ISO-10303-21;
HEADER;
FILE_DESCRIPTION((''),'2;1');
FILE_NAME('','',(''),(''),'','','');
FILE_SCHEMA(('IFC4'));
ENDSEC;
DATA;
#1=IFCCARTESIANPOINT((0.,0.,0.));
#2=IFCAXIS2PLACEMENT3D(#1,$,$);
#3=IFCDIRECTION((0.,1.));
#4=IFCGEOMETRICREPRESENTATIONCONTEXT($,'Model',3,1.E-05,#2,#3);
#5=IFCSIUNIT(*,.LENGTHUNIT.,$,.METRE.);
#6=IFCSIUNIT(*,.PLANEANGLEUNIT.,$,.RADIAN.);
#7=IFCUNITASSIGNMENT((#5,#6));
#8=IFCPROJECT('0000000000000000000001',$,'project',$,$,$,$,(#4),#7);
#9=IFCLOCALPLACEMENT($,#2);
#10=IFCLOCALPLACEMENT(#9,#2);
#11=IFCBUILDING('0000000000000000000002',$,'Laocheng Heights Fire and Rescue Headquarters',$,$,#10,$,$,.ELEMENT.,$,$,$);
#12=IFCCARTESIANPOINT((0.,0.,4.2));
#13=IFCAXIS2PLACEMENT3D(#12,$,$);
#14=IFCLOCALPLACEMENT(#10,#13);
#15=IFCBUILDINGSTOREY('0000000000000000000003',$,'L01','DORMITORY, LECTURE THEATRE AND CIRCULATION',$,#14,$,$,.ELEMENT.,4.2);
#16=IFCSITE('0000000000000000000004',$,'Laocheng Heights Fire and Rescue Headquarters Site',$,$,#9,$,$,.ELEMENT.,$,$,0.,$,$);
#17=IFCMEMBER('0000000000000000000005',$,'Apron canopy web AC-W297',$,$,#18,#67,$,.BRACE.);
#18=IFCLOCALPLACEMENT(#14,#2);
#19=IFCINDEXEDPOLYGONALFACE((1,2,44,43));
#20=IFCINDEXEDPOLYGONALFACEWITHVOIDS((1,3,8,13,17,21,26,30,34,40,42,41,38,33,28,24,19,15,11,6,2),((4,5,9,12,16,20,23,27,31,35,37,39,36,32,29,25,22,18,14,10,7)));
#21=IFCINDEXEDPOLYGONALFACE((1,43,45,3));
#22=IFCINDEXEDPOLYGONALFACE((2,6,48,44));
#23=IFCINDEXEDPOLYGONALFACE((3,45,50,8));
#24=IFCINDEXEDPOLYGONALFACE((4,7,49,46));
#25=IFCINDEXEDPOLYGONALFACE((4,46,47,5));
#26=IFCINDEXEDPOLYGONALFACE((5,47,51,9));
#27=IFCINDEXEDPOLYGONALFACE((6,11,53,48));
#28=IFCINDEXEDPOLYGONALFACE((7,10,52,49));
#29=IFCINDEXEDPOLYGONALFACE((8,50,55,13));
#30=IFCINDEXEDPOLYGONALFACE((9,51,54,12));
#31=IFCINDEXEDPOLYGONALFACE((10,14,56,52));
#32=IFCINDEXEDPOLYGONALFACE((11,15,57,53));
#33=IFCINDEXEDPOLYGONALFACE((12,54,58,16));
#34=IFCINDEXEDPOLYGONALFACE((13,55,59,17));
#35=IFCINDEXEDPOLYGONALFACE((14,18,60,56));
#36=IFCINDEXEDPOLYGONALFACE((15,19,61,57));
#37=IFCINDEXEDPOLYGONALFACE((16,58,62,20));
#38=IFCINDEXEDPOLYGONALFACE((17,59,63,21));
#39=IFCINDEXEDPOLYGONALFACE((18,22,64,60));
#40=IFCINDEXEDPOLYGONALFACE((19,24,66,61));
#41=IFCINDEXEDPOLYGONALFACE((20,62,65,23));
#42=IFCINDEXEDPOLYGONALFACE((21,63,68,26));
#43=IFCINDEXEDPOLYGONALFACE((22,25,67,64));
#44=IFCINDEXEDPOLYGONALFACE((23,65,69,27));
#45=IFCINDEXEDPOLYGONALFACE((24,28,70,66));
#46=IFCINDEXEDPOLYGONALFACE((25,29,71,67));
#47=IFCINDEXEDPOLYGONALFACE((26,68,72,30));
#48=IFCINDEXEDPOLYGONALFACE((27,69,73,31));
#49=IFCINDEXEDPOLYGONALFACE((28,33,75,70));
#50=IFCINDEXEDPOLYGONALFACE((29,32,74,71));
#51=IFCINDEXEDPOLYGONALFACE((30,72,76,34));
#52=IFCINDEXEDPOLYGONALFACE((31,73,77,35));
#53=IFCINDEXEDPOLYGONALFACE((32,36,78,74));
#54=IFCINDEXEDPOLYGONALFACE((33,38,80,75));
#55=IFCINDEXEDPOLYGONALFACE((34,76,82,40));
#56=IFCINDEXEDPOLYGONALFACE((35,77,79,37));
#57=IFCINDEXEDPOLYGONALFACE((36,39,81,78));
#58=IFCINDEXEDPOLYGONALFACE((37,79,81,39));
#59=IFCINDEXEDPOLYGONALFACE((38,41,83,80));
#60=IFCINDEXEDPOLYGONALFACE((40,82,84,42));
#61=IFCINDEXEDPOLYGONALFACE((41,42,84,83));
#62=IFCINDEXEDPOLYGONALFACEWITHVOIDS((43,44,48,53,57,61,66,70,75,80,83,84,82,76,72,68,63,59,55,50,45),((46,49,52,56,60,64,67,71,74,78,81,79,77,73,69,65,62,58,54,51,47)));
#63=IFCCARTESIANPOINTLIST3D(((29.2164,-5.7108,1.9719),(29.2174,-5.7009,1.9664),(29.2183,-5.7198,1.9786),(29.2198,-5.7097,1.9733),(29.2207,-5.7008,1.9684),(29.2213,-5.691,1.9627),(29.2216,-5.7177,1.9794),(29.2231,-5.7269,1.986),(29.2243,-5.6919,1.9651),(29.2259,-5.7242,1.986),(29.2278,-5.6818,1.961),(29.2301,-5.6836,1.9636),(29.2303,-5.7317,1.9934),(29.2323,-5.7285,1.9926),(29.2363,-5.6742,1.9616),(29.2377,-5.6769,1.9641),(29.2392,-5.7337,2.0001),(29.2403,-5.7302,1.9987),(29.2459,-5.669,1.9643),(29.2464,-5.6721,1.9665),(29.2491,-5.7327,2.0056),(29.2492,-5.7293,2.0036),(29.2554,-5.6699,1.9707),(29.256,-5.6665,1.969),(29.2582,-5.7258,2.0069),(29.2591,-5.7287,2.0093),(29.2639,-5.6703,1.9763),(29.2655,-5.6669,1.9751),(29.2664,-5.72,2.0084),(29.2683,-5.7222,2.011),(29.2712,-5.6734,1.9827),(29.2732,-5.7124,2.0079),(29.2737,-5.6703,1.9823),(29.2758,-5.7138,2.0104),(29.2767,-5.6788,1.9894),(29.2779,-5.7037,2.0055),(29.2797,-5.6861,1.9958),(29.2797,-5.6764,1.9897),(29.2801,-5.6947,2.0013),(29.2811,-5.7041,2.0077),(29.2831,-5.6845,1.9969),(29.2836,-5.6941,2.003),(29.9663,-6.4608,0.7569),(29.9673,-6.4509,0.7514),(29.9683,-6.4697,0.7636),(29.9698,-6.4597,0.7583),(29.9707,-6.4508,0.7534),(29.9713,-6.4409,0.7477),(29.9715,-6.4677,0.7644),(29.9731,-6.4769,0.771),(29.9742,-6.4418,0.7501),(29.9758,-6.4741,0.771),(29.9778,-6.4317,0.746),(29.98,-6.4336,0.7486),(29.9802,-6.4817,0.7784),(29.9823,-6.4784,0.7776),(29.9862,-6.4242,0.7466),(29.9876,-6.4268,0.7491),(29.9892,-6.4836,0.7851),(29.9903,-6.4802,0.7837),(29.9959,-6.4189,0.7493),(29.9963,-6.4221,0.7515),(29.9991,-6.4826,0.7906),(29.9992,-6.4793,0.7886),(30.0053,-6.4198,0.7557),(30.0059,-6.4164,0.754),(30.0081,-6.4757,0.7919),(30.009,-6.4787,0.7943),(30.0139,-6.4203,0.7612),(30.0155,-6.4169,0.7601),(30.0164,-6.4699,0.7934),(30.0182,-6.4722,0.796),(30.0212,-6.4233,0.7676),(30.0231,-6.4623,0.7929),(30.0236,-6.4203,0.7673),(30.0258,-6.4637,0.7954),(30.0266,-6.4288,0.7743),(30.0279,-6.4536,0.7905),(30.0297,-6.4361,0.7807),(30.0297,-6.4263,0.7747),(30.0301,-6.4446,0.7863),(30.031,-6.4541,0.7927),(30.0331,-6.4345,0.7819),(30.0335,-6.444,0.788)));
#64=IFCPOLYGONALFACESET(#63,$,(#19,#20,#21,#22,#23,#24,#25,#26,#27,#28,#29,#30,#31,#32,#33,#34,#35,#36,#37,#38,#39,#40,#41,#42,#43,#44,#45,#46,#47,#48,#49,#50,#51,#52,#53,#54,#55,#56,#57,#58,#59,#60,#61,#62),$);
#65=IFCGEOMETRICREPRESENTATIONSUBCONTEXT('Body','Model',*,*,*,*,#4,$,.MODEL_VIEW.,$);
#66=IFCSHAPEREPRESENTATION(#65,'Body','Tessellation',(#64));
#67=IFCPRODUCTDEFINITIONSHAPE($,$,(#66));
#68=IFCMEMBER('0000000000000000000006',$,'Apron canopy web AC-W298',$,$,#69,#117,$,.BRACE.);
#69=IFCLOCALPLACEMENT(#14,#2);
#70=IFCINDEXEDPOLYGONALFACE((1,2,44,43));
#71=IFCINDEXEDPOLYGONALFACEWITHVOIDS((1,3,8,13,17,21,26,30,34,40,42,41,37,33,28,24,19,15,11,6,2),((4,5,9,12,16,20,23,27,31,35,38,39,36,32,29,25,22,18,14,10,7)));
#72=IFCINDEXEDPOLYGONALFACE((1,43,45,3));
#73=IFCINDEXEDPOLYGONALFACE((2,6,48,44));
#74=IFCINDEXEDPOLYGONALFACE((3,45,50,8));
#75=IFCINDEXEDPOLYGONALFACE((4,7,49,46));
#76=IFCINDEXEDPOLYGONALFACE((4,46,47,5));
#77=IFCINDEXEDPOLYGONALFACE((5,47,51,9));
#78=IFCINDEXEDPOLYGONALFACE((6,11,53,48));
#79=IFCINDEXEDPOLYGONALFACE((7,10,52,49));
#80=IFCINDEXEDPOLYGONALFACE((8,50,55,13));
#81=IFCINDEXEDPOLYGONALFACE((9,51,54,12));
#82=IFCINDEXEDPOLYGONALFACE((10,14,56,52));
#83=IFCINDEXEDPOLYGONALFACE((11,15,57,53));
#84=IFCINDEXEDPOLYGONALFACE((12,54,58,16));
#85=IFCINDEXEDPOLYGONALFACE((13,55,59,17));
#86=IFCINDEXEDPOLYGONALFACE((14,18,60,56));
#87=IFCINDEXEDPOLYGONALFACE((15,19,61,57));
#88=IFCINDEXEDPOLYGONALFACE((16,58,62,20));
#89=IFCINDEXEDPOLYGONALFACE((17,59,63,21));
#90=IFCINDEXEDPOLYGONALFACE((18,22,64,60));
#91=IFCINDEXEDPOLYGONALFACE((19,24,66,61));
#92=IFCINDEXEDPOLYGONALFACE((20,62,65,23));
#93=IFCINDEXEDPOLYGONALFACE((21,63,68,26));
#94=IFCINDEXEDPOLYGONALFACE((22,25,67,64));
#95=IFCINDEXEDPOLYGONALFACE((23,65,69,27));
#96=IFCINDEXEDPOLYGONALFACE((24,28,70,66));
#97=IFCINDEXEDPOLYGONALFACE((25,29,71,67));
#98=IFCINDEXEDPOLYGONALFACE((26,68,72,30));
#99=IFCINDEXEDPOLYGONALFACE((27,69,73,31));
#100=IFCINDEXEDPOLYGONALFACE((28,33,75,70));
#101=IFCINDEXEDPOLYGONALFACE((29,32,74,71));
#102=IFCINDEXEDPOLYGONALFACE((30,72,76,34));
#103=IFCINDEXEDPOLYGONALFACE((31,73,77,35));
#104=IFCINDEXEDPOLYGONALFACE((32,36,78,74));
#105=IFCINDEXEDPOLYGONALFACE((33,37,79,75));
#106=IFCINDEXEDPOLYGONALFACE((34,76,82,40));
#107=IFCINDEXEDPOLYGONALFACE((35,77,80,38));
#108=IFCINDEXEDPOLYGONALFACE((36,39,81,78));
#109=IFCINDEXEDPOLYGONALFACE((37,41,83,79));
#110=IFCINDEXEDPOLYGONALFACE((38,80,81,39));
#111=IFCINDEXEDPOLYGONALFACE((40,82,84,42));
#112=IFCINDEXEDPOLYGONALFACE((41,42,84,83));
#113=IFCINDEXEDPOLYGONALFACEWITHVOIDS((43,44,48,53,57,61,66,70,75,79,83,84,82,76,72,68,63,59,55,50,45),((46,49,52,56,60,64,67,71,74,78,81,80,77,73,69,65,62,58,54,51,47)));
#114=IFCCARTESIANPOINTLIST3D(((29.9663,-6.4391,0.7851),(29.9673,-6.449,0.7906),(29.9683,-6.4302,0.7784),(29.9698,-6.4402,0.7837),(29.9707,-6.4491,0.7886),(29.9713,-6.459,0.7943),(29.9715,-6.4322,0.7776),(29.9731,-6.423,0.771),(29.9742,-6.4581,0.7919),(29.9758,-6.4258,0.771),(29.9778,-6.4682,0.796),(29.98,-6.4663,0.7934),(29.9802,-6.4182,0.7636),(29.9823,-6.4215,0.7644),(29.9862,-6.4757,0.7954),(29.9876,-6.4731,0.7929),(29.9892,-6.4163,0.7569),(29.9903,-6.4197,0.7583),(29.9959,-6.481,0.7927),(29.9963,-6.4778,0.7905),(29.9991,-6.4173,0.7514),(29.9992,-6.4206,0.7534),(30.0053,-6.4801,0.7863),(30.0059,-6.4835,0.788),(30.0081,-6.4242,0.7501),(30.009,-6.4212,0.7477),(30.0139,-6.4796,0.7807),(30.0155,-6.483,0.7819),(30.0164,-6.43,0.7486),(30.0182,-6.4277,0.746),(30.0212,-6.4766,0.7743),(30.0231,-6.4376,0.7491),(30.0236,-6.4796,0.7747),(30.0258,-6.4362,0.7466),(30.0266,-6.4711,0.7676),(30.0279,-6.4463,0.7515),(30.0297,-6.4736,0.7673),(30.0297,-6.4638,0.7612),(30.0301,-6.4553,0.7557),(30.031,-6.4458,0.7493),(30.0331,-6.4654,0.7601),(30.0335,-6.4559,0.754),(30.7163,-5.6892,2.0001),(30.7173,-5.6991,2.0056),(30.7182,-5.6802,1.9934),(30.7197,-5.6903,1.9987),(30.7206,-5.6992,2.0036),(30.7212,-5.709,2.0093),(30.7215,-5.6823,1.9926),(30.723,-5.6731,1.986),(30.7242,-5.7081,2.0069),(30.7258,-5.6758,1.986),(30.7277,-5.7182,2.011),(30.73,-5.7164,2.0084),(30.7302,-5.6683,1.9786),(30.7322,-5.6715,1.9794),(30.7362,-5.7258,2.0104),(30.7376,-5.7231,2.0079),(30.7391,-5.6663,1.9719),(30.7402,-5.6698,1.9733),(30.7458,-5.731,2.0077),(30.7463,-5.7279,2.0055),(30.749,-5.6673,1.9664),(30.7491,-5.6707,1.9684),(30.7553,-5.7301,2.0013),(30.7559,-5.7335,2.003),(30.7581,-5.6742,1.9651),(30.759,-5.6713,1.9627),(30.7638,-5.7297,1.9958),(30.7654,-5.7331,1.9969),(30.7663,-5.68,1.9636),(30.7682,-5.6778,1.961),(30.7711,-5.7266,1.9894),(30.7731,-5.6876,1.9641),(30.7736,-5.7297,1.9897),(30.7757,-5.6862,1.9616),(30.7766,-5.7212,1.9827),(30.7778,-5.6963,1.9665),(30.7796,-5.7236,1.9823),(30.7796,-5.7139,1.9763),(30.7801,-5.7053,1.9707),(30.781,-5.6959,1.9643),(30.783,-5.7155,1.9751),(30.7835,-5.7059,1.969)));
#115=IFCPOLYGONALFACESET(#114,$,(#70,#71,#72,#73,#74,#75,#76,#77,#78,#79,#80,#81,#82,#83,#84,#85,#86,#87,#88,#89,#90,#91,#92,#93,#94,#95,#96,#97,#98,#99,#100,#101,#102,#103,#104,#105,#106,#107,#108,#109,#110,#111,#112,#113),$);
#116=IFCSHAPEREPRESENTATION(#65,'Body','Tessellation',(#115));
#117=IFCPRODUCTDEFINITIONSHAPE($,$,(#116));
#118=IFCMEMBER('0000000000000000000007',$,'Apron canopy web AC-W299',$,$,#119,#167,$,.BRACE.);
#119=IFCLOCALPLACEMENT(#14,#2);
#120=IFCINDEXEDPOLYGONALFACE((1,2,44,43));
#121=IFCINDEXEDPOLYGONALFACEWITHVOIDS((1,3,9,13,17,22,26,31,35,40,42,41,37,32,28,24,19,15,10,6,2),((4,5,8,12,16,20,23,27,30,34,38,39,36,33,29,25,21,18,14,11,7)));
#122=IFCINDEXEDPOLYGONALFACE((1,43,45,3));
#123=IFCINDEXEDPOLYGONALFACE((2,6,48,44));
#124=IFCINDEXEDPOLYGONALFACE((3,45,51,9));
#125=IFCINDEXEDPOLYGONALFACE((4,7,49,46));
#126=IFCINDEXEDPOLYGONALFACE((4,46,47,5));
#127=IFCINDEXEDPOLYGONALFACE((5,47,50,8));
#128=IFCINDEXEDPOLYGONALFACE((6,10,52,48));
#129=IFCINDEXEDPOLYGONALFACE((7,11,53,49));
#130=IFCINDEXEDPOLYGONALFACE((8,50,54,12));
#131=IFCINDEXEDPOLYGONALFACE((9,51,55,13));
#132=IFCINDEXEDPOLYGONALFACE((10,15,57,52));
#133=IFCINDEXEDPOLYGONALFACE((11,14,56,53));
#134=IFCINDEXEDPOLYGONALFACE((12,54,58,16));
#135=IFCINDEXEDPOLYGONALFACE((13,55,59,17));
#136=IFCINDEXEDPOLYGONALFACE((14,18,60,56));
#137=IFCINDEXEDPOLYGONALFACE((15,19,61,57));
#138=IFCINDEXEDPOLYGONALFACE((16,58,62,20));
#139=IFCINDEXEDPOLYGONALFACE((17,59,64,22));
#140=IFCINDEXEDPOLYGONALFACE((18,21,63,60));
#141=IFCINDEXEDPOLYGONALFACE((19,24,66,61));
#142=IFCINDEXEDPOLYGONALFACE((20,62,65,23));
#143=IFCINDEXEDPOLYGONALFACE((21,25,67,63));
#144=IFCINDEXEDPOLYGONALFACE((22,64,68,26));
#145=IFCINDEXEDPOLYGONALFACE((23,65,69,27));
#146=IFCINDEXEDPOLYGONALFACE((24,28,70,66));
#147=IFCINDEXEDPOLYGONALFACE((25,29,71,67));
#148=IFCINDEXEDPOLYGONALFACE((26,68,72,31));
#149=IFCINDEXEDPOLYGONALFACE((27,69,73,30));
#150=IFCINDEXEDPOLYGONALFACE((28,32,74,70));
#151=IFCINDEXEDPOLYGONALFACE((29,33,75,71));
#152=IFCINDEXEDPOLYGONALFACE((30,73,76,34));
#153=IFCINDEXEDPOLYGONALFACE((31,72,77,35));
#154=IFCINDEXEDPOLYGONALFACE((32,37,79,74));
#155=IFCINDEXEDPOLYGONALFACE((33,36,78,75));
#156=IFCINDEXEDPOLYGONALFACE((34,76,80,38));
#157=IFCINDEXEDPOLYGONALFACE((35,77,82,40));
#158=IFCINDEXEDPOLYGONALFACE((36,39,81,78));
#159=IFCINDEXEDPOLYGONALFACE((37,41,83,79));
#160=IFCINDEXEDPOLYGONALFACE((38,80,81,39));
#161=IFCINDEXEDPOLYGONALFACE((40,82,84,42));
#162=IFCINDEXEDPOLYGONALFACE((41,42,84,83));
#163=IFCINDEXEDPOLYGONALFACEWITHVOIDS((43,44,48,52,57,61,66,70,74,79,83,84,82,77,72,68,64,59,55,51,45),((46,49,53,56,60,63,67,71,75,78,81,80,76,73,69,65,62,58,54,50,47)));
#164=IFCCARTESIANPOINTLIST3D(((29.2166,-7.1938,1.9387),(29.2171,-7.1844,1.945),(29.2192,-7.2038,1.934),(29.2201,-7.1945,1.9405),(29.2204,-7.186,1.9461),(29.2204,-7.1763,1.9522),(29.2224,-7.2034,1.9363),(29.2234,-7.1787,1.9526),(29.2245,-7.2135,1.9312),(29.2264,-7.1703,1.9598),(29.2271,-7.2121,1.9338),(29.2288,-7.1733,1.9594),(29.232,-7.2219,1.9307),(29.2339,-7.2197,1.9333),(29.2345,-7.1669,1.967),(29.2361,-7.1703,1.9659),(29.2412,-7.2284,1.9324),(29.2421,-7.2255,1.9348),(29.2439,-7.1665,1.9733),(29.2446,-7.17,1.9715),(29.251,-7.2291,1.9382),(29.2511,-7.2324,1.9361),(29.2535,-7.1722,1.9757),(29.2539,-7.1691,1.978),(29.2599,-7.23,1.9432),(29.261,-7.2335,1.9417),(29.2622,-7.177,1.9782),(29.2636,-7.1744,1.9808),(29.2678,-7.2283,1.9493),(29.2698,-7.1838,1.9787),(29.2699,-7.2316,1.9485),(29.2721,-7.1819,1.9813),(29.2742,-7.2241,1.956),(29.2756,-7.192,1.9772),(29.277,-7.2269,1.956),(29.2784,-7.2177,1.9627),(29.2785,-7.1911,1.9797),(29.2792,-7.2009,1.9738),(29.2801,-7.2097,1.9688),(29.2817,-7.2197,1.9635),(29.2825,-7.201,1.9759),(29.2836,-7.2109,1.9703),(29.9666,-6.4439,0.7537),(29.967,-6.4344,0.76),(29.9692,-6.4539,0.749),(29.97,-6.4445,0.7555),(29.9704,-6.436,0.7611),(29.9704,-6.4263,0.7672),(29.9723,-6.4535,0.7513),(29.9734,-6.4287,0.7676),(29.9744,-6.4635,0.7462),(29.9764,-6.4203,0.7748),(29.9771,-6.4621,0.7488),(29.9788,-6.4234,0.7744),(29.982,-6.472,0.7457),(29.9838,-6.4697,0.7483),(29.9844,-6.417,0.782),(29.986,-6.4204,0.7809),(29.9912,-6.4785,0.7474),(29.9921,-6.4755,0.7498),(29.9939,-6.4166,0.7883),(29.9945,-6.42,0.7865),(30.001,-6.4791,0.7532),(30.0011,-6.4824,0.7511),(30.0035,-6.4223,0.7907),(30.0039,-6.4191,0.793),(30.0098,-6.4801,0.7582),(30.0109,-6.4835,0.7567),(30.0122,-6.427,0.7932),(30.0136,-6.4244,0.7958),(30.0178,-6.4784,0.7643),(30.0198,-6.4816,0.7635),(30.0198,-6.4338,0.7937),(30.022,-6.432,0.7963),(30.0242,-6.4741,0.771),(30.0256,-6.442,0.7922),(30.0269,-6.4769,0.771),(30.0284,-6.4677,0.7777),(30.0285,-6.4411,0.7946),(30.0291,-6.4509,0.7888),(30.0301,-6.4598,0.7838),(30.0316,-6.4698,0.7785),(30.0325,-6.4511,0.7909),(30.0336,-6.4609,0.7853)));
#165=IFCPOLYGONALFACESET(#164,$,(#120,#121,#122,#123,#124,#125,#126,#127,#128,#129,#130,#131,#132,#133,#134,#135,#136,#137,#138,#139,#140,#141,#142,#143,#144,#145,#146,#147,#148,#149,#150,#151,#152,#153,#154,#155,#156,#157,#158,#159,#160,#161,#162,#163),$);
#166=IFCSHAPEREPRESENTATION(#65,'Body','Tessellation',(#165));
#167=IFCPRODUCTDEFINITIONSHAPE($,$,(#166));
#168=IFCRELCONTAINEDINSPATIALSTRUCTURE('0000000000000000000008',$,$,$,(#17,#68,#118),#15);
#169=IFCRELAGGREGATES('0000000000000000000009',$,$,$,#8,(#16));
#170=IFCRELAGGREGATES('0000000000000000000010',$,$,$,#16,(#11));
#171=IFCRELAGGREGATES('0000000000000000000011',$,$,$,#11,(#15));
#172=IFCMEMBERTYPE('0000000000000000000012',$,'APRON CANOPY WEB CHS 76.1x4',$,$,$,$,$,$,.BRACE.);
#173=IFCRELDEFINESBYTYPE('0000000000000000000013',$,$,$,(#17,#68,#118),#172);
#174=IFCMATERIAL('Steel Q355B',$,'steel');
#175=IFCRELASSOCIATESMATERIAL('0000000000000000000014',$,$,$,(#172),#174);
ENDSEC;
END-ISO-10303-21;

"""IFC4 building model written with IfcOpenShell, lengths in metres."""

from ifc_helpers import new_model, si_unit, direction, frame, origin, origin_2d, place, context, subcontext, project, spatial, hollow_circle, extrude, material, material_profile, profile_set, type_object, element, save


model = new_model("IFC4")

# Units and contexts
model_context = context("Model", 3, precision=1e-05, world=origin(), true_north=direction((0.0, 1.0)))
body_context = subcontext(model_context, "Body", "Model", "MODEL_VIEW")
ifc_project = project(units=[si_unit("LENGTHUNIT", "METRE"), si_unit("PLANEANGLEUNIT", "RADIAN")], contexts=[model_context])

# Site, building, storey
site_placement = place(None, origin())
site = spatial("IfcSite", under=ifc_project, at=site_placement, Name="Laocheng Heights Fire and Rescue Headquarters Site", CompositionType="ELEMENT", RefElevation=0.0)
building_placement = place(site_placement, origin())
building = spatial("IfcBuilding", under=site, at=building_placement, Name="Laocheng Heights Fire and Rescue Headquarters", CompositionType="ELEMENT")
storey_placement = place(building_placement, frame((0.0, 0.0, 4.2)))
storey = spatial("IfcBuildingStorey", under=building, at=storey_placement, Name="L01", Description="DORMITORY, LECTURE THEATRE AND CIRCULATION", CompositionType="ELEMENT", Elevation=4.2)

# Members
ifc_material_1 = material(Name="Steel Q355B", Category="steel")
ifc_material_profile_1 = material_profile(ifc_material_1, hollow_circle(Radius=0.0381, WallThickness=0.0039, at=origin_2d()), Name="CHS 76.1x4")
ifc_profile_set_1 = profile_set([ifc_material_profile_1], Name="Steel Q355B")
member_type_1 = type_object("IfcMemberType", Name="APRON CANOPY WEB CHS 76.1x4", PredefinedType="BRACE", material=ifc_profile_set_1)
for number, where, z_axis, x_axis, name in (
    (1, (30.0, -6.45, 0.771), (-0.465002, 0.465002, 0.753357), (-0.707107, -0.707107, 0.0), "Apron canopy web AC-W297"),
    (2, (30.0, -6.45, 0.771), (0.465002, 0.465002, 0.753357), (-0.707107, 0.707107, 0.0), "Apron canopy web AC-W298"),
):
    element("IfcMember", number, at=place(storey_placement, frame(where, z_axis=z_axis, x_axis=x_axis)), inside=storey, type_object=member_type_1, Name=name, PredefinedType="BRACE", context=body_context, shape_type="SweptSolid", body=[
        extrude(hollow_circle(Radius=0.0381, WallThickness=0.0039, at=origin_2d()), origin(), (0.0, 0.0, 1.0), 1.6128),
    ])
for number, where, z_axis, x_axis, name in (
    (3, (30.0, -6.45, 0.771), (-0.47158, -0.47158, 0.745134), (0.707107, -0.707107, 0.0), "Apron canopy web AC-W299"),
):
    element("IfcMember", number, at=place(storey_placement, frame(where, z_axis=z_axis, x_axis=x_axis)), inside=storey, type_object=member_type_1, Name=name, PredefinedType="BRACE", context=body_context, shape_type="SweptSolid", body=[
        extrude(hollow_circle(Radius=0.0381, WallThickness=0.0039, at=origin_2d()), origin(), (0.0, 0.0, 1.0), 1.5903),
    ])

save(model, "model.ifc")
